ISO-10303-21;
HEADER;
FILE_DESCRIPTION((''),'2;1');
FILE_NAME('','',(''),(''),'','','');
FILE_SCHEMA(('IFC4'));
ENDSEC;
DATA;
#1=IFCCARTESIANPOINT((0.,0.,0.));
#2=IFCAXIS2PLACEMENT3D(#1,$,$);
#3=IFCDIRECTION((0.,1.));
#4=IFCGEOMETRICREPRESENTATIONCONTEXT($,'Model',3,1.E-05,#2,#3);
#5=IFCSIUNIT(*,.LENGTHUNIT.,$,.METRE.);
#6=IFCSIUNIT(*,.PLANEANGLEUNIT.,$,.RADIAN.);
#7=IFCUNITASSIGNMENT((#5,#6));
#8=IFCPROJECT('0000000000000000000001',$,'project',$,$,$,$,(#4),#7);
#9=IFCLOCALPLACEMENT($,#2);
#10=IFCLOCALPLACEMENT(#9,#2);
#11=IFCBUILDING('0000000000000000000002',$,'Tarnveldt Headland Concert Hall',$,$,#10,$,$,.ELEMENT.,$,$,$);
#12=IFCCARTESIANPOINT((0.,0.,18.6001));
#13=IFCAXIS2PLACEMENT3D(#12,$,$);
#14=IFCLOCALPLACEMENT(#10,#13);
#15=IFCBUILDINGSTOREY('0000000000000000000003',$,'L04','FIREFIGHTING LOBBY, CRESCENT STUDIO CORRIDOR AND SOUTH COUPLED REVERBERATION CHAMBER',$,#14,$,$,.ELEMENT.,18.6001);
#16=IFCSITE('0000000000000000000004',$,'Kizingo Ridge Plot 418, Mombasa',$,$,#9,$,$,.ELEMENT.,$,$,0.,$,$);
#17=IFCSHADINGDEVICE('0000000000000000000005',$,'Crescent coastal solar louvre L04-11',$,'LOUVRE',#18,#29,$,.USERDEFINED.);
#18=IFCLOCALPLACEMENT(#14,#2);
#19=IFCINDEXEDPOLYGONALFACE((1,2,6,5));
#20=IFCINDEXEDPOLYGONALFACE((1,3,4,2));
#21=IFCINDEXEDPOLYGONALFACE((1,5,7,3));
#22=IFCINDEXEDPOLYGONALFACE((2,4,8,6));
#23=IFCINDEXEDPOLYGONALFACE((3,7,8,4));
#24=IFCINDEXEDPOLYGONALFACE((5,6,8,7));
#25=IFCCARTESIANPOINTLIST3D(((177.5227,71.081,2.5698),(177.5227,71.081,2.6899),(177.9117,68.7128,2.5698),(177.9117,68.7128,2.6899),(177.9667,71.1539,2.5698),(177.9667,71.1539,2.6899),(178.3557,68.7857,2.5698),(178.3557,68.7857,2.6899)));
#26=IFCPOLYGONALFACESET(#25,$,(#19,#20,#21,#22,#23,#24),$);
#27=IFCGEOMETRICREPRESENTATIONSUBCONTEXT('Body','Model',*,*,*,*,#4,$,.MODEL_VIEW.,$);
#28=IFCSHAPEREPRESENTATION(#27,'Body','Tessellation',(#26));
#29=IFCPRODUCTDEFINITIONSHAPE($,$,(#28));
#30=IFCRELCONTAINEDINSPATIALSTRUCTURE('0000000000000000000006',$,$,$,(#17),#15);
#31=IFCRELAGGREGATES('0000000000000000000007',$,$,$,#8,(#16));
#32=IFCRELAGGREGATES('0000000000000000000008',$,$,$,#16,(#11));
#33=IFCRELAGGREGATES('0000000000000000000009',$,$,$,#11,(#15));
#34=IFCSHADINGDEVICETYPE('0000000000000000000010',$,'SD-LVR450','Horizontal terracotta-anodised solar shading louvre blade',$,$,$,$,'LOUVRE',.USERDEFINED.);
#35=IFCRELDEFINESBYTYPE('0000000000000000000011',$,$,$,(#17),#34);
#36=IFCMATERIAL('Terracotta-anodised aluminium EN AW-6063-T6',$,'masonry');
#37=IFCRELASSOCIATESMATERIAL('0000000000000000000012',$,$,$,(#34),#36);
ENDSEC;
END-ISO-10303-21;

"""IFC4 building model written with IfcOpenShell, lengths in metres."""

from ifc_helpers import new_model, si_unit, direction, frame, origin, origin_2d, place, context, subcontext, project, spatial, rectangle, extrude, material, type_object, element, save


model = new_model("IFC4")

# Units and contexts
model_context = context("Model", 3, precision=1e-05, world=origin(), true_north=direction((0.0, 1.0)))
body_context = subcontext(model_context, "Body", "Model", "MODEL_VIEW")
ifc_project = project(units=[si_unit("LENGTHUNIT", "METRE"), si_unit("PLANEANGLEUNIT", "RADIAN")], contexts=[model_context])

# Site, building, storey
site_placement = place(None, origin())
site = spatial("IfcSite", under=ifc_project, at=site_placement, Name="Kizingo Ridge Plot 418, Mombasa", CompositionType="ELEMENT", RefElevation=0.0)
building_placement = place(site_placement, origin())
building = spatial("IfcBuilding", under=site, at=building_placement, Name="Tarnveldt Headland Concert Hall", CompositionType="ELEMENT")
storey_placement = place(building_placement, frame((0.0, 0.0, 18.6001)))
storey = spatial("IfcBuildingStorey", under=building, at=storey_placement, Name="L04", Description="FIREFIGHTING LOBBY, CRESCENT STUDIO CORRIDOR AND SOUTH COUPLED REVERBERATION CHAMBER", CompositionType="ELEMENT", Elevation=18.6001)

# Shading device
ifc_material_1 = material(Name="Terracotta-anodised aluminium EN AW-6063-T6", Category="masonry")
shading_device_type = type_object("IfcShadingDeviceType", Name="SD-LVR450", Description="Horizontal terracotta-anodised solar shading louvre blade", ElementType="LOUVRE", PredefinedType="USERDEFINED", material=ifc_material_1)
shading_device_placement = place(storey_placement, frame((177.9392, 69.9333, 2.5698), z_axis=(0.0, 0.0, 1.0), x_axis=(0.986771, 0.162121, 0.0)))
element("IfcShadingDevice", 1, at=shading_device_placement, inside=storey, type_object=shading_device_type, Name="Crescent coastal solar louvre L04-11", ObjectType="LOUVRE", PredefinedType="USERDEFINED", context=body_context, shape_type="SweptSolid", body=[
    extrude(rectangle(XDim=0.45, YDim=2.3999, at=origin_2d()), origin(), (0.0, 0.0, 1.0), 0.1201),
])

save(model, "model.ifc")
